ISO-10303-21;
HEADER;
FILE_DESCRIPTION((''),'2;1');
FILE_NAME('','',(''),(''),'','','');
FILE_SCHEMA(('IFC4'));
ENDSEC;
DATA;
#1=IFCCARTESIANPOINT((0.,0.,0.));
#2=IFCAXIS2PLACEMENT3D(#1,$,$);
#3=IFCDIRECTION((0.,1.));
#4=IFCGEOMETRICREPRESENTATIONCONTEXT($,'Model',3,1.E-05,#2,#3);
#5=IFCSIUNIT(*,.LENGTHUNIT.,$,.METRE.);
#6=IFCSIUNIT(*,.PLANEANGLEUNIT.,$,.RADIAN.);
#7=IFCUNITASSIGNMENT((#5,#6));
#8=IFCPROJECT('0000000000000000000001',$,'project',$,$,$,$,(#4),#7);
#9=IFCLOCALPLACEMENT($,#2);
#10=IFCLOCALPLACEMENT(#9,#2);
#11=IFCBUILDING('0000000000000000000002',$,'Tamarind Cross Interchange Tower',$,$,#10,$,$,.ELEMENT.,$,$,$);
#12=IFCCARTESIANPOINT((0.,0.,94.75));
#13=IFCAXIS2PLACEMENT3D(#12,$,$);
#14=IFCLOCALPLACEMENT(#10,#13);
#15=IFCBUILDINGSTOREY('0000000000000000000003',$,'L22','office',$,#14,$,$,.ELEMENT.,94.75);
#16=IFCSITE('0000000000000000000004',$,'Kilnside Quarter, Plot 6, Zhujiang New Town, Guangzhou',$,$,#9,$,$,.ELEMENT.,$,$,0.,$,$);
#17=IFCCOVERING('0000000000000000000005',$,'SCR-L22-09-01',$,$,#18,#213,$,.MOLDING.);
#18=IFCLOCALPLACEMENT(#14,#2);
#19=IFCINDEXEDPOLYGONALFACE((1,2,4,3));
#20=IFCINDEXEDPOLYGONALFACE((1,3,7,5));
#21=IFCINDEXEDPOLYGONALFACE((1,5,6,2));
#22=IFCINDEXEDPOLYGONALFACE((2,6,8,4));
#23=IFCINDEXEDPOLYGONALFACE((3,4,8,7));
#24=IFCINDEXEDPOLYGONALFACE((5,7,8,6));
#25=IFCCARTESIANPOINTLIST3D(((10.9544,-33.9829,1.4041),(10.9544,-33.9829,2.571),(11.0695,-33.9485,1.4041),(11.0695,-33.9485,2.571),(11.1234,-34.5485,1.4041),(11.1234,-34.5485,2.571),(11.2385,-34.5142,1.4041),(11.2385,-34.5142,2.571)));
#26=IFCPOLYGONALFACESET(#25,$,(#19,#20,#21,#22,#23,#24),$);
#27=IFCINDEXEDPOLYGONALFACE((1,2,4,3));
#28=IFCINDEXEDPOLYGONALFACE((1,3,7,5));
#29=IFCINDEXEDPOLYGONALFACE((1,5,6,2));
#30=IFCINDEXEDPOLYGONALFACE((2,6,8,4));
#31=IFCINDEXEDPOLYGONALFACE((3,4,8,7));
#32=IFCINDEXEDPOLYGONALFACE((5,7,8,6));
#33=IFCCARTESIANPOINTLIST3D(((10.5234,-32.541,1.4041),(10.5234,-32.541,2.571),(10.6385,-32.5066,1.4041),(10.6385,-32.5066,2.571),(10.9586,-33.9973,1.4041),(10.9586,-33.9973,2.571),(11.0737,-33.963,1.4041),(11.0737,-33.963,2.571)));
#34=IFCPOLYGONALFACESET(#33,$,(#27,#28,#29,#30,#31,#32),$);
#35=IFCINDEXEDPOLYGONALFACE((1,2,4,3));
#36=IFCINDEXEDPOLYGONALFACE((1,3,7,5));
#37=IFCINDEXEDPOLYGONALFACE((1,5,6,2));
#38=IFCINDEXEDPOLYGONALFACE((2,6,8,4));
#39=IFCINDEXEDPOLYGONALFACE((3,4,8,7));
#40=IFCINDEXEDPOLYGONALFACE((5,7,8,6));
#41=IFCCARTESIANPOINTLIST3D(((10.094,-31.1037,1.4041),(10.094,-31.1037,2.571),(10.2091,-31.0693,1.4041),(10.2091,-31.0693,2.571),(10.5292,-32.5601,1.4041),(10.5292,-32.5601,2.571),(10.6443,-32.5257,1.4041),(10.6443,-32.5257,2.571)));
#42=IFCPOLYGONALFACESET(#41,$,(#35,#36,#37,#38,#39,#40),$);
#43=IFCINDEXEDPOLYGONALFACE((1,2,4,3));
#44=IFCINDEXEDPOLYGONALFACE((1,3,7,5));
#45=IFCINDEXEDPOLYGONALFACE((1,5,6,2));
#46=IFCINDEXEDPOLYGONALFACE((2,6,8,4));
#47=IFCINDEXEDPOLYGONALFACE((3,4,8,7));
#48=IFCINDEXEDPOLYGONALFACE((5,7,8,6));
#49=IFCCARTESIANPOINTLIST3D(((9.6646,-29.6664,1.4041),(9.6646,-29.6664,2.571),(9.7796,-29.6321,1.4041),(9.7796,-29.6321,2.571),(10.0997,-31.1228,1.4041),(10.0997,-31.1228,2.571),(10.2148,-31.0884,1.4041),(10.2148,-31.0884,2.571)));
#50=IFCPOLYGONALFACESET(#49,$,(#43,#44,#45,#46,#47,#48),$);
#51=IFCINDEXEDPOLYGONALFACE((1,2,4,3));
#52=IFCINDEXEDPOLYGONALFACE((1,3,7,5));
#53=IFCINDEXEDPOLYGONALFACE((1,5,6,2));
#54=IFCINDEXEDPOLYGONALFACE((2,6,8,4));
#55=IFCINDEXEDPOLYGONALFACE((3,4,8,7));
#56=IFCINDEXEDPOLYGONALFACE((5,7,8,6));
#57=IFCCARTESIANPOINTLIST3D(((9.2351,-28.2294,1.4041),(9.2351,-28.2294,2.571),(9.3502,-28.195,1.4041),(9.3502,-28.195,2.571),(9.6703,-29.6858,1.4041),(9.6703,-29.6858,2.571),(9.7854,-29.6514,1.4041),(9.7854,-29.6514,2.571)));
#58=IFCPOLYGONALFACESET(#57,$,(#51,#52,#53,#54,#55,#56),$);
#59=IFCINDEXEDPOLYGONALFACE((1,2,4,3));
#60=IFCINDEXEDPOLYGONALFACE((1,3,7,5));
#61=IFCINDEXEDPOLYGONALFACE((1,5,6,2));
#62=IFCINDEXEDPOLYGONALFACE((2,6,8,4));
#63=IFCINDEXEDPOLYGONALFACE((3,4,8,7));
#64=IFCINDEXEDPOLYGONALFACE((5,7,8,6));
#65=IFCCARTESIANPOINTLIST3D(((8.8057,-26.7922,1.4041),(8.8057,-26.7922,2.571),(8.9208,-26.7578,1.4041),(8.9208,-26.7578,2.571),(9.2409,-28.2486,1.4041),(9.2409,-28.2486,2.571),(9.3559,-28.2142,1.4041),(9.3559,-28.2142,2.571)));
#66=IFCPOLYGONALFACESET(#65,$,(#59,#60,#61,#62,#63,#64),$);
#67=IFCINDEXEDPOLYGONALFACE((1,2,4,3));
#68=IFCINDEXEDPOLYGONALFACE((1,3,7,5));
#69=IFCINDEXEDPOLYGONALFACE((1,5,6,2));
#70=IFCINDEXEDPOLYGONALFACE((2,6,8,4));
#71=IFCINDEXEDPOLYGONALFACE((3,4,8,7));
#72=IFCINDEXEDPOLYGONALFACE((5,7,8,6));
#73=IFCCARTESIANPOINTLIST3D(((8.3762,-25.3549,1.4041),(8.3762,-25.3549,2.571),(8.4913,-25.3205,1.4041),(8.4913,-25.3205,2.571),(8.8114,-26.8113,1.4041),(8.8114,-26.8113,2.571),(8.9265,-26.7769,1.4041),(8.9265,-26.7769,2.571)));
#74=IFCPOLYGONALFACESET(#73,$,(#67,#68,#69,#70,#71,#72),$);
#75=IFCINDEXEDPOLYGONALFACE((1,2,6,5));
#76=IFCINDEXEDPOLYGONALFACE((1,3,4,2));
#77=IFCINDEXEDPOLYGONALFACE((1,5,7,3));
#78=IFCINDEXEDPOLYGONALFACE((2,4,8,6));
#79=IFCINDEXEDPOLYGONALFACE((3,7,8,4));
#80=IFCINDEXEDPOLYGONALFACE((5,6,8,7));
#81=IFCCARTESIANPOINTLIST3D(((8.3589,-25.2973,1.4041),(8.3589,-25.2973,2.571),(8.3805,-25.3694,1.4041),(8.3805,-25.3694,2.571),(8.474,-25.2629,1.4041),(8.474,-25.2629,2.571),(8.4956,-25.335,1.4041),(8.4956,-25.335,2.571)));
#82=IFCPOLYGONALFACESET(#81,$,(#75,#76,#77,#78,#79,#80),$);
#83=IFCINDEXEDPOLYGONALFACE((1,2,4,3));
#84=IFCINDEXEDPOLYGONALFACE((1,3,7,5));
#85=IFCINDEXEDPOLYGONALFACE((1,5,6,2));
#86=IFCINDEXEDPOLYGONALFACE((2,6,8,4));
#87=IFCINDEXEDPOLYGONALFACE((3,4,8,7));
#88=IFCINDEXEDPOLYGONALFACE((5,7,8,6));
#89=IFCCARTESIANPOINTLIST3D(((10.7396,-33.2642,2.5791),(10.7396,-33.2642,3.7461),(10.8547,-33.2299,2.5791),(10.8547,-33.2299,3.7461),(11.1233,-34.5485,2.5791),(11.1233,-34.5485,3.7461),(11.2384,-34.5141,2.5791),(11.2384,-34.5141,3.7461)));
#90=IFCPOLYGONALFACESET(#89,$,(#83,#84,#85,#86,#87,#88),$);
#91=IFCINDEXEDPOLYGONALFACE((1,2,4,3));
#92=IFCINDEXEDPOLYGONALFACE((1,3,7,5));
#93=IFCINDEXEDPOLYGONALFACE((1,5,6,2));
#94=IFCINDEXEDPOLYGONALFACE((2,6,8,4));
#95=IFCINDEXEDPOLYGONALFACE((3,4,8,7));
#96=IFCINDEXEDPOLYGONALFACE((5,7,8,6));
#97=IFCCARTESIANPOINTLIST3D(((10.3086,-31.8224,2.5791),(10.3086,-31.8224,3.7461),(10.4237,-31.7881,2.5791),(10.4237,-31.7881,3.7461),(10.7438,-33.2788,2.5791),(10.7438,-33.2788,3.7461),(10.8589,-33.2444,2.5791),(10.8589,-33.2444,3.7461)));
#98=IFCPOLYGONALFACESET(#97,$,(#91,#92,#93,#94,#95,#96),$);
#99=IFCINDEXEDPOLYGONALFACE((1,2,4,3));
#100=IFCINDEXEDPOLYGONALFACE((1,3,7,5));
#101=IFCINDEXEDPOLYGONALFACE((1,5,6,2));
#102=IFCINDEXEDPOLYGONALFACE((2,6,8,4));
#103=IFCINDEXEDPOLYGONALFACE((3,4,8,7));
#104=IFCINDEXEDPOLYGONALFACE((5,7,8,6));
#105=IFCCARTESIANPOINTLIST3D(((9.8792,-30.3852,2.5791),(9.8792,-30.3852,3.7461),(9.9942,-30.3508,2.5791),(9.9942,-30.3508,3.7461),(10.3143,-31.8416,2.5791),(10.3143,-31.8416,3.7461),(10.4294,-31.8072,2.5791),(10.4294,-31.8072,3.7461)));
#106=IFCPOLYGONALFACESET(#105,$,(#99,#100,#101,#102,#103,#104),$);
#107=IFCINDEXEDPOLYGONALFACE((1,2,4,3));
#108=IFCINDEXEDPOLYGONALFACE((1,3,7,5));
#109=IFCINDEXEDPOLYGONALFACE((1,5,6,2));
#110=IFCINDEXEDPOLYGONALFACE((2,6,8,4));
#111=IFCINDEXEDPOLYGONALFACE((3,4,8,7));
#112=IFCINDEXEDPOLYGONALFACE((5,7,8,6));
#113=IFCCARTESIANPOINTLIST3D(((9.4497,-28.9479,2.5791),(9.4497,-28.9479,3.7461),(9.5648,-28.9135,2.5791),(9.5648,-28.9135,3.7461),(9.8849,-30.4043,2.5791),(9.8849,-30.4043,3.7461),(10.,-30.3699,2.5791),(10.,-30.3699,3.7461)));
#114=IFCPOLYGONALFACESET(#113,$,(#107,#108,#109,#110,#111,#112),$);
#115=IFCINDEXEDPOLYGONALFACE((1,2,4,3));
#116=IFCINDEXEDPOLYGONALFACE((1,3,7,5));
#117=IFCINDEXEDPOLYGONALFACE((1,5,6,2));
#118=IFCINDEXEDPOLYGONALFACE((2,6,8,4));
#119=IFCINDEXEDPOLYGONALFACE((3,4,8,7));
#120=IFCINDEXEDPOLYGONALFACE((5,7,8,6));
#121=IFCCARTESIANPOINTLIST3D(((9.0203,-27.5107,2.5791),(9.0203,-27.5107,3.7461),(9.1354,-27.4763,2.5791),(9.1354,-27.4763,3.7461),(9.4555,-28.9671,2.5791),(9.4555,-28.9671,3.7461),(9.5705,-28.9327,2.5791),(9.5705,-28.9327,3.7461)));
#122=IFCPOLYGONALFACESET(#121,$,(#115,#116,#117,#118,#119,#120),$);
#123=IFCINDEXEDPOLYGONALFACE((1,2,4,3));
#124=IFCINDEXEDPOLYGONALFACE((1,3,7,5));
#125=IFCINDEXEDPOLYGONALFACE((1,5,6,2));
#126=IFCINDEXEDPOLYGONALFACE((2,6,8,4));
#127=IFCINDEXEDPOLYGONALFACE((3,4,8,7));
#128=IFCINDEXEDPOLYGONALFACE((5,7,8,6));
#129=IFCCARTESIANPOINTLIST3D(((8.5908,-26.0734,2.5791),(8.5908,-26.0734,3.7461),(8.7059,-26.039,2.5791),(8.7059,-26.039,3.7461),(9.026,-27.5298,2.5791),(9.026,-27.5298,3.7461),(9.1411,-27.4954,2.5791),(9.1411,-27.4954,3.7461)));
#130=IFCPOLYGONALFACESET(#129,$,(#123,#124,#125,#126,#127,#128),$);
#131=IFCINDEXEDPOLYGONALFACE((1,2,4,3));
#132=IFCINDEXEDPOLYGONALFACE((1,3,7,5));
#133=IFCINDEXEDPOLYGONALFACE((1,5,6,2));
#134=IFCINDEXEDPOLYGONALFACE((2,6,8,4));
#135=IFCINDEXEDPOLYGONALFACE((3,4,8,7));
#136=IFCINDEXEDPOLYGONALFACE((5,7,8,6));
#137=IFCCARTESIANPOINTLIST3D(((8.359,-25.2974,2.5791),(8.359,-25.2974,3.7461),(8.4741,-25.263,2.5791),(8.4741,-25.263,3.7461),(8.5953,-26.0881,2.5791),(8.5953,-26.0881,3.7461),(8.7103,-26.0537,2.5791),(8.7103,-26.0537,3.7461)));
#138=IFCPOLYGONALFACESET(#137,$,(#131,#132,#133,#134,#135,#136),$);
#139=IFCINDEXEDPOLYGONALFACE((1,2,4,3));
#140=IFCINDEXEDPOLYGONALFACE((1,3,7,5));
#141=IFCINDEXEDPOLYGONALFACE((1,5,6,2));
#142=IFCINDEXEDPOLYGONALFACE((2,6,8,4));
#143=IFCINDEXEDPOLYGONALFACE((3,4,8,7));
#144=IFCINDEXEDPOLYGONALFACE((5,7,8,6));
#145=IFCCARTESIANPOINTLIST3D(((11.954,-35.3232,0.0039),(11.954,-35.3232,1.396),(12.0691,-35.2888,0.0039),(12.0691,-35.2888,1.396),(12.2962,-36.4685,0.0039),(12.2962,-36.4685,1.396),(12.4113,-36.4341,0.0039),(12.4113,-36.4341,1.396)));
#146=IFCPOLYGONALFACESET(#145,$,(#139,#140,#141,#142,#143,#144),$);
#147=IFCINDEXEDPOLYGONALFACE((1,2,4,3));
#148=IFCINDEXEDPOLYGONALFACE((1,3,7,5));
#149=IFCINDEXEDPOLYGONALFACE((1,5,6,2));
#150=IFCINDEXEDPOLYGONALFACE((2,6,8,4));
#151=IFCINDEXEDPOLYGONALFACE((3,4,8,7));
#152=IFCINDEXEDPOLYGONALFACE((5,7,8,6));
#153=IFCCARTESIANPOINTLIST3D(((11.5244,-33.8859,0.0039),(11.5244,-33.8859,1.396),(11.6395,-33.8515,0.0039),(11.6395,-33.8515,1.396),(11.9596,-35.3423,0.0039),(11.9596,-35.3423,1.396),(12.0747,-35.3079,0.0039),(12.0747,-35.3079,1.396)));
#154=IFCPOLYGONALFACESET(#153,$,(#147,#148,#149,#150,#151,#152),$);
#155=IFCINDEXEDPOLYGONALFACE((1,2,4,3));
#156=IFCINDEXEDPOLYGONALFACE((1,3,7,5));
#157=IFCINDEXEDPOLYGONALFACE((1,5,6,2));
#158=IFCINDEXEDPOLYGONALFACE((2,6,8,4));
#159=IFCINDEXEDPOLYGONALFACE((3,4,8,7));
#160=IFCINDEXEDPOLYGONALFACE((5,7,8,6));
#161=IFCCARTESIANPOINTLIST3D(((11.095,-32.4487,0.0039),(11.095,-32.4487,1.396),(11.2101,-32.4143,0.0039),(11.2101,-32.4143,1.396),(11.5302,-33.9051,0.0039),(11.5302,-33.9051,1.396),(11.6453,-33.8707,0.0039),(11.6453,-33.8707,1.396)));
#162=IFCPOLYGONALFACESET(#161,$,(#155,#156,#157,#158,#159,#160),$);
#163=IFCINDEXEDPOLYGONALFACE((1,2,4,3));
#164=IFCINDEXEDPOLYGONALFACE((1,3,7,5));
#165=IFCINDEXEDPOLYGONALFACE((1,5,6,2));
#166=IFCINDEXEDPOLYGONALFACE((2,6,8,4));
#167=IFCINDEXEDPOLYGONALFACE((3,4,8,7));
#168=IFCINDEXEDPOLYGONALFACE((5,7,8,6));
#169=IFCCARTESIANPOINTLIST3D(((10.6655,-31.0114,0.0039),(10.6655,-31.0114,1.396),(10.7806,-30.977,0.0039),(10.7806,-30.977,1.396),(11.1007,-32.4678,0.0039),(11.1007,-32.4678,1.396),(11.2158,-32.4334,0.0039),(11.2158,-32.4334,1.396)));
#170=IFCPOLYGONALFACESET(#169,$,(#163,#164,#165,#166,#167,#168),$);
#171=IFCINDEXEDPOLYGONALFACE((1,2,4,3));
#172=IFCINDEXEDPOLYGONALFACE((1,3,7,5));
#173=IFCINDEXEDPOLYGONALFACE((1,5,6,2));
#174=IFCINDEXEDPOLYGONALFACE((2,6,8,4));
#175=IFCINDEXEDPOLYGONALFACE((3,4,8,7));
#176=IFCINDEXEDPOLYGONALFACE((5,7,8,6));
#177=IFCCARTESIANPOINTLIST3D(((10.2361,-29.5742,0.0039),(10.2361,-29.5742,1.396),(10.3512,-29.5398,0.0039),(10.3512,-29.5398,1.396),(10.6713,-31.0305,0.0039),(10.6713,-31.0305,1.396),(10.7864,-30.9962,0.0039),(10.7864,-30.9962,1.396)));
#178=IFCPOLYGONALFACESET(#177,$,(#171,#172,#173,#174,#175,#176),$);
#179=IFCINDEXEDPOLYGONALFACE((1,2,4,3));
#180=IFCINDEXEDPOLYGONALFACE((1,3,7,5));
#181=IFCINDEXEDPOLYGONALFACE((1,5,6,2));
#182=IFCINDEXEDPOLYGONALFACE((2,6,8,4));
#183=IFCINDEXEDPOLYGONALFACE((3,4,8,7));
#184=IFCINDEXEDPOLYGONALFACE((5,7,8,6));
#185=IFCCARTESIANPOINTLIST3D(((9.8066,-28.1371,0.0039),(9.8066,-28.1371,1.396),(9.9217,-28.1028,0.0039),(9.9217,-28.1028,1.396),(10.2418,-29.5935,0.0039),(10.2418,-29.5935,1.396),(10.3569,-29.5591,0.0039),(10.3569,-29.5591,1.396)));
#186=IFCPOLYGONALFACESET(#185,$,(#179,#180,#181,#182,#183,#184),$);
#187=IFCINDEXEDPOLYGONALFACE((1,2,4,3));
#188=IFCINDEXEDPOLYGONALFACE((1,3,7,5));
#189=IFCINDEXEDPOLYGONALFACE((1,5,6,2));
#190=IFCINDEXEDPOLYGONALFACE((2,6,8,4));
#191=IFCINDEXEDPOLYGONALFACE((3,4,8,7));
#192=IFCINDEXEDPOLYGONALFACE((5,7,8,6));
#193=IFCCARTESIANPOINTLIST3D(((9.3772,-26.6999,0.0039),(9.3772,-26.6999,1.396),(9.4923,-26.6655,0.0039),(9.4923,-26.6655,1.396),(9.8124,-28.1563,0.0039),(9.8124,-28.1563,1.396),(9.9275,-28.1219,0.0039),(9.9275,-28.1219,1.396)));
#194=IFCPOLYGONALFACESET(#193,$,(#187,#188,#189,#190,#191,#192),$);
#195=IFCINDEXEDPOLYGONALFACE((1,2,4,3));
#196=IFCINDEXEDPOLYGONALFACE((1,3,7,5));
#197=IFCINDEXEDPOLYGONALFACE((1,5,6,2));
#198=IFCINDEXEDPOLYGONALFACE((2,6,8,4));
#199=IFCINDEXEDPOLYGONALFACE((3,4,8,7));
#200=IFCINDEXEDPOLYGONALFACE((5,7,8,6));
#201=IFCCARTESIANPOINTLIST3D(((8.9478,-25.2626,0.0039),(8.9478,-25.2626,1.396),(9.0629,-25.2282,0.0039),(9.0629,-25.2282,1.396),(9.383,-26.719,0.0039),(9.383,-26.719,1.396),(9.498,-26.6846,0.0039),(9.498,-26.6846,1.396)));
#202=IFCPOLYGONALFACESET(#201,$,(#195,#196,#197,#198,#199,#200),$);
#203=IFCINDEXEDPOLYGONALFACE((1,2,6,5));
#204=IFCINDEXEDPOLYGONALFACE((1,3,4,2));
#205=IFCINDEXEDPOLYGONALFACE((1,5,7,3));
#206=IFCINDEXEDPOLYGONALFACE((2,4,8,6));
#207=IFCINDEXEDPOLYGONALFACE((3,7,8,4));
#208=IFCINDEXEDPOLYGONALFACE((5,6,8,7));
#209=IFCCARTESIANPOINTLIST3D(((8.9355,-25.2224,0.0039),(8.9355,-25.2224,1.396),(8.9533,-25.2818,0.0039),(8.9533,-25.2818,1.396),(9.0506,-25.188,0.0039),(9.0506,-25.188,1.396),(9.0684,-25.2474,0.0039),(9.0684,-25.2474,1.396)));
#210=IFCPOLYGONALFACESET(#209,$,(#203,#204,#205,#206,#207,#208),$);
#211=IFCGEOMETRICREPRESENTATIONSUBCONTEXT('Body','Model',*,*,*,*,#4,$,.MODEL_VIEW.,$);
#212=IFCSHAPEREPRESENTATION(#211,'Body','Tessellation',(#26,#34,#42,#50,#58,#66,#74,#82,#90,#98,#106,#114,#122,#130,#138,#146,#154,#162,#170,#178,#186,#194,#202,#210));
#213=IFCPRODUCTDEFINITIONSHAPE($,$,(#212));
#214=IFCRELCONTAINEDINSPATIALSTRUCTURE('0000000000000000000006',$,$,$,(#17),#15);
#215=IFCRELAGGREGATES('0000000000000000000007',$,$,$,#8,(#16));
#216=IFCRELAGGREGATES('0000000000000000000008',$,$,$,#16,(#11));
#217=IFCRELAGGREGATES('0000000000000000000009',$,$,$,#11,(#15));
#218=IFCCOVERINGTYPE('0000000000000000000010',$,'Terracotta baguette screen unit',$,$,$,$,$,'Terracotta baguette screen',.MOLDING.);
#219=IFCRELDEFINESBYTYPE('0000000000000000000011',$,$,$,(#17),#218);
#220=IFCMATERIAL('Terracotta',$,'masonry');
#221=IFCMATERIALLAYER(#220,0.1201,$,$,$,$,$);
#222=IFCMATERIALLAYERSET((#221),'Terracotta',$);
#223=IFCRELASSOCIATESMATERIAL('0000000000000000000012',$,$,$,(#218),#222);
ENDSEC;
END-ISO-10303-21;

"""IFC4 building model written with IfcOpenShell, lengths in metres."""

from ifc_helpers import new_model, si_unit, direction, frame, origin, origin_2d, place, context, subcontext, project, spatial, rectangle, extrude, material, layer, layer_set, type_object, element, save


model = new_model("IFC4")

# Units and contexts
model_context = context("Model", 3, precision=1e-05, world=origin(), true_north=direction((0.0, 1.0)))
body_context = subcontext(model_context, "Body", "Model", "MODEL_VIEW")
ifc_project = project(units=[si_unit("LENGTHUNIT", "METRE"), si_unit("PLANEANGLEUNIT", "RADIAN")], contexts=[model_context])

# Site, building, storey
site_placement = place(None, origin())
site = spatial("IfcSite", under=ifc_project, at=site_placement, Name="Kilnside Quarter, Plot 6, Zhujiang New Town, Guangzhou", CompositionType="ELEMENT", RefElevation=0.0)
building_placement = place(site_placement, origin())
building = spatial("IfcBuilding", under=site, at=building_placement, Name="Tamarind Cross Interchange Tower", CompositionType="ELEMENT")
storey_placement = place(building_placement, frame((0.0, 0.0, 94.75)))
storey = spatial("IfcBuildingStorey", under=building, at=storey_placement, Name="L22", Description="office", CompositionType="ELEMENT", Elevation=94.75)

# Covering
ifc_material_1 = material(Name="Terracotta", Category="masonry")
ifc_layer_1 = layer(ifc_material_1, 0.1201)
ifc_layer_set_1 = layer_set([ifc_layer_1], Name="Terracotta")
covering_type = type_object("IfcCoveringType", Name="Terracotta baguette screen unit", ElementType="Terracotta baguette screen", PredefinedType="MOLDING", material=ifc_layer_set_1)
covering_1_placement = place(storey_placement, origin())
element("IfcCovering", 1, at=covering_1_placement, inside=storey, type_object=covering_type, Name="SCR-L22-09-01", PredefinedType="MOLDING", context=body_context, shape_type="SweptSolid", body=[
    extrude(rectangle(XDim=0.5903, YDim=0.1201, at=origin_2d()), frame((11.0964, -34.2485, 1.4041), z_axis=(0.0, 0.0, 1.0), x_axis=(-0.286304, 0.958139, 0.0)), (0.0, 0.0, 1.0), 1.167),
    extrude(rectangle(XDim=1.52, YDim=0.1201, at=origin_2d()), frame((10.7986, -33.252, 1.4041), z_axis=(0.0, 0.0, 1.0), x_axis=(-0.286304, 0.958139, 0.0)), (0.0, 0.0, 1.0), 1.167),
    extrude(rectangle(XDim=1.52, YDim=0.1201, at=origin_2d()), frame((10.3691, -31.8147, 1.4041), z_axis=(0.0, 0.0, 1.0), x_axis=(-0.286304, 0.958139, 0.0)), (0.0, 0.0, 1.0), 1.167),
    extrude(rectangle(XDim=1.52, YDim=0.1201, at=origin_2d()), frame((9.9397, -30.3774, 1.4041), z_axis=(0.0, 0.0, 1.0), x_axis=(-0.286304, 0.958139, 0.0)), (0.0, 0.0, 1.0), 1.167),
    extrude(rectangle(XDim=1.52, YDim=0.1201, at=origin_2d()), frame((9.5103, -28.9404, 1.4041), z_axis=(0.0, 0.0, 1.0), x_axis=(-0.286304, 0.958139, 0.0)), (0.0, 0.0, 1.0), 1.167),
    extrude(rectangle(XDim=1.52, YDim=0.1201, at=origin_2d()), frame((9.0808, -27.5032, 1.4041), z_axis=(0.0, 0.0, 1.0), x_axis=(-0.286304, 0.958139, 0.0)), (0.0, 0.0, 1.0), 1.167),
    extrude(rectangle(XDim=1.52, YDim=0.1201, at=origin_2d()), frame((8.6514, -26.0659, 1.4041), z_axis=(0.0, 0.0, 1.0), x_axis=(-0.286304, 0.958139, 0.0)), (0.0, 0.0, 1.0), 1.167),
    extrude(rectangle(XDim=0.0752, YDim=0.1201, at=origin_2d()), frame((8.4272, -25.3162, 1.4041), z_axis=(0.0, 0.0, 1.0), x_axis=(-0.286304, 0.958139, 0.0)), (0.0, 0.0, 1.0), 1.167),
    extrude(rectangle(XDim=1.3403, YDim=0.1201, at=origin_2d()), frame((10.989, -33.8892, 2.5791), z_axis=(0.0, 0.0, 1.0), x_axis=(-0.286304, 0.958139, 0.0)), (0.0, 0.0, 1.0), 1.167),
    extrude(rectangle(XDim=1.52, YDim=0.1201, at=origin_2d()), frame((10.5837, -32.5334, 2.5791), z_axis=(0.0, 0.0, 1.0), x_axis=(-0.286304, 0.958139, 0.0)), (0.0, 0.0, 1.0), 1.167),
    extrude(rectangle(XDim=1.52, YDim=0.1201, at=origin_2d()), frame((10.1543, -31.0962, 2.5791), z_axis=(0.0, 0.0, 1.0), x_axis=(-0.286304, 0.958139, 0.0)), (0.0, 0.0, 1.0), 1.167),
    extrude(rectangle(XDim=1.52, YDim=0.1201, at=origin_2d()), frame((9.7249, -29.6589, 2.5791), z_axis=(0.0, 0.0, 1.0), x_axis=(-0.286304, 0.958139, 0.0)), (0.0, 0.0, 1.0), 1.167),
    extrude(rectangle(XDim=1.52, YDim=0.1201, at=origin_2d()), frame((9.2954, -28.2217, 2.5791), z_axis=(0.0, 0.0, 1.0), x_axis=(-0.286304, 0.958139, 0.0)), (0.0, 0.0, 1.0), 1.167),
    extrude(rectangle(XDim=1.52, YDim=0.1201, at=origin_2d()), frame((8.866, -26.7844, 2.5791), z_axis=(0.0, 0.0, 1.0), x_axis=(-0.286304, 0.958139, 0.0)), (0.0, 0.0, 1.0), 1.167),
    extrude(rectangle(XDim=0.8252, YDim=0.1201, at=origin_2d()), frame((8.5347, -25.6755, 2.5791), z_axis=(0.0, 0.0, 1.0), x_axis=(-0.286304, 0.958139, 0.0)), (0.0, 0.0, 1.0), 1.167),
    extrude(rectangle(XDim=1.1953, YDim=0.1201, at=origin_2d()), frame((12.1826, -35.8787, 0.0039), z_axis=(0.0, 0.0, 1.0), x_axis=(-0.286304, 0.958139, 0.0)), (0.0, 0.0, 1.0), 1.3921),
    extrude(rectangle(XDim=1.52, YDim=0.1201, at=origin_2d()), frame((11.7996, -34.5969, 0.0039), z_axis=(0.0, 0.0, 1.0), x_axis=(-0.286304, 0.958139, 0.0)), (0.0, 0.0, 1.0), 1.3921),
    extrude(rectangle(XDim=1.52, YDim=0.1201, at=origin_2d()), frame((11.3701, -33.1597, 0.0039), z_axis=(0.0, 0.0, 1.0), x_axis=(-0.286304, 0.958139, 0.0)), (0.0, 0.0, 1.0), 1.3921),
    extrude(rectangle(XDim=1.52, YDim=0.1201, at=origin_2d()), frame((10.9407, -31.7224, 0.0039), z_axis=(0.0, 0.0, 1.0), x_axis=(-0.286304, 0.958139, 0.0)), (0.0, 0.0, 1.0), 1.3921),
    extrude(rectangle(XDim=1.52, YDim=0.1201, at=origin_2d()), frame((10.5112, -30.2852, 0.0039), z_axis=(0.0, 0.0, 1.0), x_axis=(-0.286304, 0.958139, 0.0)), (0.0, 0.0, 1.0), 1.3921),
    extrude(rectangle(XDim=1.52, YDim=0.1201, at=origin_2d()), frame((10.0818, -28.8481, 0.0039), z_axis=(0.0, 0.0, 1.0), x_axis=(-0.286304, 0.958139, 0.0)), (0.0, 0.0, 1.0), 1.3921),
    extrude(rectangle(XDim=1.52, YDim=0.1201, at=origin_2d()), frame((9.6523, -27.4109, 0.0039), z_axis=(0.0, 0.0, 1.0), x_axis=(-0.286304, 0.958139, 0.0)), (0.0, 0.0, 1.0), 1.3921),
    extrude(rectangle(XDim=1.52, YDim=0.1201, at=origin_2d()), frame((9.2229, -25.9736, 0.0039), z_axis=(0.0, 0.0, 1.0), x_axis=(-0.286304, 0.958139, 0.0)), (0.0, 0.0, 1.0), 1.3921),
    extrude(rectangle(XDim=0.062, YDim=0.1201, at=origin_2d()), frame((9.002, -25.2349, 0.0039), z_axis=(0.0, 0.0, 1.0), x_axis=(-0.286304, 0.958139, 0.0)), (0.0, 0.0, 1.0), 1.3921),
])

save(model, "model.ifc")
